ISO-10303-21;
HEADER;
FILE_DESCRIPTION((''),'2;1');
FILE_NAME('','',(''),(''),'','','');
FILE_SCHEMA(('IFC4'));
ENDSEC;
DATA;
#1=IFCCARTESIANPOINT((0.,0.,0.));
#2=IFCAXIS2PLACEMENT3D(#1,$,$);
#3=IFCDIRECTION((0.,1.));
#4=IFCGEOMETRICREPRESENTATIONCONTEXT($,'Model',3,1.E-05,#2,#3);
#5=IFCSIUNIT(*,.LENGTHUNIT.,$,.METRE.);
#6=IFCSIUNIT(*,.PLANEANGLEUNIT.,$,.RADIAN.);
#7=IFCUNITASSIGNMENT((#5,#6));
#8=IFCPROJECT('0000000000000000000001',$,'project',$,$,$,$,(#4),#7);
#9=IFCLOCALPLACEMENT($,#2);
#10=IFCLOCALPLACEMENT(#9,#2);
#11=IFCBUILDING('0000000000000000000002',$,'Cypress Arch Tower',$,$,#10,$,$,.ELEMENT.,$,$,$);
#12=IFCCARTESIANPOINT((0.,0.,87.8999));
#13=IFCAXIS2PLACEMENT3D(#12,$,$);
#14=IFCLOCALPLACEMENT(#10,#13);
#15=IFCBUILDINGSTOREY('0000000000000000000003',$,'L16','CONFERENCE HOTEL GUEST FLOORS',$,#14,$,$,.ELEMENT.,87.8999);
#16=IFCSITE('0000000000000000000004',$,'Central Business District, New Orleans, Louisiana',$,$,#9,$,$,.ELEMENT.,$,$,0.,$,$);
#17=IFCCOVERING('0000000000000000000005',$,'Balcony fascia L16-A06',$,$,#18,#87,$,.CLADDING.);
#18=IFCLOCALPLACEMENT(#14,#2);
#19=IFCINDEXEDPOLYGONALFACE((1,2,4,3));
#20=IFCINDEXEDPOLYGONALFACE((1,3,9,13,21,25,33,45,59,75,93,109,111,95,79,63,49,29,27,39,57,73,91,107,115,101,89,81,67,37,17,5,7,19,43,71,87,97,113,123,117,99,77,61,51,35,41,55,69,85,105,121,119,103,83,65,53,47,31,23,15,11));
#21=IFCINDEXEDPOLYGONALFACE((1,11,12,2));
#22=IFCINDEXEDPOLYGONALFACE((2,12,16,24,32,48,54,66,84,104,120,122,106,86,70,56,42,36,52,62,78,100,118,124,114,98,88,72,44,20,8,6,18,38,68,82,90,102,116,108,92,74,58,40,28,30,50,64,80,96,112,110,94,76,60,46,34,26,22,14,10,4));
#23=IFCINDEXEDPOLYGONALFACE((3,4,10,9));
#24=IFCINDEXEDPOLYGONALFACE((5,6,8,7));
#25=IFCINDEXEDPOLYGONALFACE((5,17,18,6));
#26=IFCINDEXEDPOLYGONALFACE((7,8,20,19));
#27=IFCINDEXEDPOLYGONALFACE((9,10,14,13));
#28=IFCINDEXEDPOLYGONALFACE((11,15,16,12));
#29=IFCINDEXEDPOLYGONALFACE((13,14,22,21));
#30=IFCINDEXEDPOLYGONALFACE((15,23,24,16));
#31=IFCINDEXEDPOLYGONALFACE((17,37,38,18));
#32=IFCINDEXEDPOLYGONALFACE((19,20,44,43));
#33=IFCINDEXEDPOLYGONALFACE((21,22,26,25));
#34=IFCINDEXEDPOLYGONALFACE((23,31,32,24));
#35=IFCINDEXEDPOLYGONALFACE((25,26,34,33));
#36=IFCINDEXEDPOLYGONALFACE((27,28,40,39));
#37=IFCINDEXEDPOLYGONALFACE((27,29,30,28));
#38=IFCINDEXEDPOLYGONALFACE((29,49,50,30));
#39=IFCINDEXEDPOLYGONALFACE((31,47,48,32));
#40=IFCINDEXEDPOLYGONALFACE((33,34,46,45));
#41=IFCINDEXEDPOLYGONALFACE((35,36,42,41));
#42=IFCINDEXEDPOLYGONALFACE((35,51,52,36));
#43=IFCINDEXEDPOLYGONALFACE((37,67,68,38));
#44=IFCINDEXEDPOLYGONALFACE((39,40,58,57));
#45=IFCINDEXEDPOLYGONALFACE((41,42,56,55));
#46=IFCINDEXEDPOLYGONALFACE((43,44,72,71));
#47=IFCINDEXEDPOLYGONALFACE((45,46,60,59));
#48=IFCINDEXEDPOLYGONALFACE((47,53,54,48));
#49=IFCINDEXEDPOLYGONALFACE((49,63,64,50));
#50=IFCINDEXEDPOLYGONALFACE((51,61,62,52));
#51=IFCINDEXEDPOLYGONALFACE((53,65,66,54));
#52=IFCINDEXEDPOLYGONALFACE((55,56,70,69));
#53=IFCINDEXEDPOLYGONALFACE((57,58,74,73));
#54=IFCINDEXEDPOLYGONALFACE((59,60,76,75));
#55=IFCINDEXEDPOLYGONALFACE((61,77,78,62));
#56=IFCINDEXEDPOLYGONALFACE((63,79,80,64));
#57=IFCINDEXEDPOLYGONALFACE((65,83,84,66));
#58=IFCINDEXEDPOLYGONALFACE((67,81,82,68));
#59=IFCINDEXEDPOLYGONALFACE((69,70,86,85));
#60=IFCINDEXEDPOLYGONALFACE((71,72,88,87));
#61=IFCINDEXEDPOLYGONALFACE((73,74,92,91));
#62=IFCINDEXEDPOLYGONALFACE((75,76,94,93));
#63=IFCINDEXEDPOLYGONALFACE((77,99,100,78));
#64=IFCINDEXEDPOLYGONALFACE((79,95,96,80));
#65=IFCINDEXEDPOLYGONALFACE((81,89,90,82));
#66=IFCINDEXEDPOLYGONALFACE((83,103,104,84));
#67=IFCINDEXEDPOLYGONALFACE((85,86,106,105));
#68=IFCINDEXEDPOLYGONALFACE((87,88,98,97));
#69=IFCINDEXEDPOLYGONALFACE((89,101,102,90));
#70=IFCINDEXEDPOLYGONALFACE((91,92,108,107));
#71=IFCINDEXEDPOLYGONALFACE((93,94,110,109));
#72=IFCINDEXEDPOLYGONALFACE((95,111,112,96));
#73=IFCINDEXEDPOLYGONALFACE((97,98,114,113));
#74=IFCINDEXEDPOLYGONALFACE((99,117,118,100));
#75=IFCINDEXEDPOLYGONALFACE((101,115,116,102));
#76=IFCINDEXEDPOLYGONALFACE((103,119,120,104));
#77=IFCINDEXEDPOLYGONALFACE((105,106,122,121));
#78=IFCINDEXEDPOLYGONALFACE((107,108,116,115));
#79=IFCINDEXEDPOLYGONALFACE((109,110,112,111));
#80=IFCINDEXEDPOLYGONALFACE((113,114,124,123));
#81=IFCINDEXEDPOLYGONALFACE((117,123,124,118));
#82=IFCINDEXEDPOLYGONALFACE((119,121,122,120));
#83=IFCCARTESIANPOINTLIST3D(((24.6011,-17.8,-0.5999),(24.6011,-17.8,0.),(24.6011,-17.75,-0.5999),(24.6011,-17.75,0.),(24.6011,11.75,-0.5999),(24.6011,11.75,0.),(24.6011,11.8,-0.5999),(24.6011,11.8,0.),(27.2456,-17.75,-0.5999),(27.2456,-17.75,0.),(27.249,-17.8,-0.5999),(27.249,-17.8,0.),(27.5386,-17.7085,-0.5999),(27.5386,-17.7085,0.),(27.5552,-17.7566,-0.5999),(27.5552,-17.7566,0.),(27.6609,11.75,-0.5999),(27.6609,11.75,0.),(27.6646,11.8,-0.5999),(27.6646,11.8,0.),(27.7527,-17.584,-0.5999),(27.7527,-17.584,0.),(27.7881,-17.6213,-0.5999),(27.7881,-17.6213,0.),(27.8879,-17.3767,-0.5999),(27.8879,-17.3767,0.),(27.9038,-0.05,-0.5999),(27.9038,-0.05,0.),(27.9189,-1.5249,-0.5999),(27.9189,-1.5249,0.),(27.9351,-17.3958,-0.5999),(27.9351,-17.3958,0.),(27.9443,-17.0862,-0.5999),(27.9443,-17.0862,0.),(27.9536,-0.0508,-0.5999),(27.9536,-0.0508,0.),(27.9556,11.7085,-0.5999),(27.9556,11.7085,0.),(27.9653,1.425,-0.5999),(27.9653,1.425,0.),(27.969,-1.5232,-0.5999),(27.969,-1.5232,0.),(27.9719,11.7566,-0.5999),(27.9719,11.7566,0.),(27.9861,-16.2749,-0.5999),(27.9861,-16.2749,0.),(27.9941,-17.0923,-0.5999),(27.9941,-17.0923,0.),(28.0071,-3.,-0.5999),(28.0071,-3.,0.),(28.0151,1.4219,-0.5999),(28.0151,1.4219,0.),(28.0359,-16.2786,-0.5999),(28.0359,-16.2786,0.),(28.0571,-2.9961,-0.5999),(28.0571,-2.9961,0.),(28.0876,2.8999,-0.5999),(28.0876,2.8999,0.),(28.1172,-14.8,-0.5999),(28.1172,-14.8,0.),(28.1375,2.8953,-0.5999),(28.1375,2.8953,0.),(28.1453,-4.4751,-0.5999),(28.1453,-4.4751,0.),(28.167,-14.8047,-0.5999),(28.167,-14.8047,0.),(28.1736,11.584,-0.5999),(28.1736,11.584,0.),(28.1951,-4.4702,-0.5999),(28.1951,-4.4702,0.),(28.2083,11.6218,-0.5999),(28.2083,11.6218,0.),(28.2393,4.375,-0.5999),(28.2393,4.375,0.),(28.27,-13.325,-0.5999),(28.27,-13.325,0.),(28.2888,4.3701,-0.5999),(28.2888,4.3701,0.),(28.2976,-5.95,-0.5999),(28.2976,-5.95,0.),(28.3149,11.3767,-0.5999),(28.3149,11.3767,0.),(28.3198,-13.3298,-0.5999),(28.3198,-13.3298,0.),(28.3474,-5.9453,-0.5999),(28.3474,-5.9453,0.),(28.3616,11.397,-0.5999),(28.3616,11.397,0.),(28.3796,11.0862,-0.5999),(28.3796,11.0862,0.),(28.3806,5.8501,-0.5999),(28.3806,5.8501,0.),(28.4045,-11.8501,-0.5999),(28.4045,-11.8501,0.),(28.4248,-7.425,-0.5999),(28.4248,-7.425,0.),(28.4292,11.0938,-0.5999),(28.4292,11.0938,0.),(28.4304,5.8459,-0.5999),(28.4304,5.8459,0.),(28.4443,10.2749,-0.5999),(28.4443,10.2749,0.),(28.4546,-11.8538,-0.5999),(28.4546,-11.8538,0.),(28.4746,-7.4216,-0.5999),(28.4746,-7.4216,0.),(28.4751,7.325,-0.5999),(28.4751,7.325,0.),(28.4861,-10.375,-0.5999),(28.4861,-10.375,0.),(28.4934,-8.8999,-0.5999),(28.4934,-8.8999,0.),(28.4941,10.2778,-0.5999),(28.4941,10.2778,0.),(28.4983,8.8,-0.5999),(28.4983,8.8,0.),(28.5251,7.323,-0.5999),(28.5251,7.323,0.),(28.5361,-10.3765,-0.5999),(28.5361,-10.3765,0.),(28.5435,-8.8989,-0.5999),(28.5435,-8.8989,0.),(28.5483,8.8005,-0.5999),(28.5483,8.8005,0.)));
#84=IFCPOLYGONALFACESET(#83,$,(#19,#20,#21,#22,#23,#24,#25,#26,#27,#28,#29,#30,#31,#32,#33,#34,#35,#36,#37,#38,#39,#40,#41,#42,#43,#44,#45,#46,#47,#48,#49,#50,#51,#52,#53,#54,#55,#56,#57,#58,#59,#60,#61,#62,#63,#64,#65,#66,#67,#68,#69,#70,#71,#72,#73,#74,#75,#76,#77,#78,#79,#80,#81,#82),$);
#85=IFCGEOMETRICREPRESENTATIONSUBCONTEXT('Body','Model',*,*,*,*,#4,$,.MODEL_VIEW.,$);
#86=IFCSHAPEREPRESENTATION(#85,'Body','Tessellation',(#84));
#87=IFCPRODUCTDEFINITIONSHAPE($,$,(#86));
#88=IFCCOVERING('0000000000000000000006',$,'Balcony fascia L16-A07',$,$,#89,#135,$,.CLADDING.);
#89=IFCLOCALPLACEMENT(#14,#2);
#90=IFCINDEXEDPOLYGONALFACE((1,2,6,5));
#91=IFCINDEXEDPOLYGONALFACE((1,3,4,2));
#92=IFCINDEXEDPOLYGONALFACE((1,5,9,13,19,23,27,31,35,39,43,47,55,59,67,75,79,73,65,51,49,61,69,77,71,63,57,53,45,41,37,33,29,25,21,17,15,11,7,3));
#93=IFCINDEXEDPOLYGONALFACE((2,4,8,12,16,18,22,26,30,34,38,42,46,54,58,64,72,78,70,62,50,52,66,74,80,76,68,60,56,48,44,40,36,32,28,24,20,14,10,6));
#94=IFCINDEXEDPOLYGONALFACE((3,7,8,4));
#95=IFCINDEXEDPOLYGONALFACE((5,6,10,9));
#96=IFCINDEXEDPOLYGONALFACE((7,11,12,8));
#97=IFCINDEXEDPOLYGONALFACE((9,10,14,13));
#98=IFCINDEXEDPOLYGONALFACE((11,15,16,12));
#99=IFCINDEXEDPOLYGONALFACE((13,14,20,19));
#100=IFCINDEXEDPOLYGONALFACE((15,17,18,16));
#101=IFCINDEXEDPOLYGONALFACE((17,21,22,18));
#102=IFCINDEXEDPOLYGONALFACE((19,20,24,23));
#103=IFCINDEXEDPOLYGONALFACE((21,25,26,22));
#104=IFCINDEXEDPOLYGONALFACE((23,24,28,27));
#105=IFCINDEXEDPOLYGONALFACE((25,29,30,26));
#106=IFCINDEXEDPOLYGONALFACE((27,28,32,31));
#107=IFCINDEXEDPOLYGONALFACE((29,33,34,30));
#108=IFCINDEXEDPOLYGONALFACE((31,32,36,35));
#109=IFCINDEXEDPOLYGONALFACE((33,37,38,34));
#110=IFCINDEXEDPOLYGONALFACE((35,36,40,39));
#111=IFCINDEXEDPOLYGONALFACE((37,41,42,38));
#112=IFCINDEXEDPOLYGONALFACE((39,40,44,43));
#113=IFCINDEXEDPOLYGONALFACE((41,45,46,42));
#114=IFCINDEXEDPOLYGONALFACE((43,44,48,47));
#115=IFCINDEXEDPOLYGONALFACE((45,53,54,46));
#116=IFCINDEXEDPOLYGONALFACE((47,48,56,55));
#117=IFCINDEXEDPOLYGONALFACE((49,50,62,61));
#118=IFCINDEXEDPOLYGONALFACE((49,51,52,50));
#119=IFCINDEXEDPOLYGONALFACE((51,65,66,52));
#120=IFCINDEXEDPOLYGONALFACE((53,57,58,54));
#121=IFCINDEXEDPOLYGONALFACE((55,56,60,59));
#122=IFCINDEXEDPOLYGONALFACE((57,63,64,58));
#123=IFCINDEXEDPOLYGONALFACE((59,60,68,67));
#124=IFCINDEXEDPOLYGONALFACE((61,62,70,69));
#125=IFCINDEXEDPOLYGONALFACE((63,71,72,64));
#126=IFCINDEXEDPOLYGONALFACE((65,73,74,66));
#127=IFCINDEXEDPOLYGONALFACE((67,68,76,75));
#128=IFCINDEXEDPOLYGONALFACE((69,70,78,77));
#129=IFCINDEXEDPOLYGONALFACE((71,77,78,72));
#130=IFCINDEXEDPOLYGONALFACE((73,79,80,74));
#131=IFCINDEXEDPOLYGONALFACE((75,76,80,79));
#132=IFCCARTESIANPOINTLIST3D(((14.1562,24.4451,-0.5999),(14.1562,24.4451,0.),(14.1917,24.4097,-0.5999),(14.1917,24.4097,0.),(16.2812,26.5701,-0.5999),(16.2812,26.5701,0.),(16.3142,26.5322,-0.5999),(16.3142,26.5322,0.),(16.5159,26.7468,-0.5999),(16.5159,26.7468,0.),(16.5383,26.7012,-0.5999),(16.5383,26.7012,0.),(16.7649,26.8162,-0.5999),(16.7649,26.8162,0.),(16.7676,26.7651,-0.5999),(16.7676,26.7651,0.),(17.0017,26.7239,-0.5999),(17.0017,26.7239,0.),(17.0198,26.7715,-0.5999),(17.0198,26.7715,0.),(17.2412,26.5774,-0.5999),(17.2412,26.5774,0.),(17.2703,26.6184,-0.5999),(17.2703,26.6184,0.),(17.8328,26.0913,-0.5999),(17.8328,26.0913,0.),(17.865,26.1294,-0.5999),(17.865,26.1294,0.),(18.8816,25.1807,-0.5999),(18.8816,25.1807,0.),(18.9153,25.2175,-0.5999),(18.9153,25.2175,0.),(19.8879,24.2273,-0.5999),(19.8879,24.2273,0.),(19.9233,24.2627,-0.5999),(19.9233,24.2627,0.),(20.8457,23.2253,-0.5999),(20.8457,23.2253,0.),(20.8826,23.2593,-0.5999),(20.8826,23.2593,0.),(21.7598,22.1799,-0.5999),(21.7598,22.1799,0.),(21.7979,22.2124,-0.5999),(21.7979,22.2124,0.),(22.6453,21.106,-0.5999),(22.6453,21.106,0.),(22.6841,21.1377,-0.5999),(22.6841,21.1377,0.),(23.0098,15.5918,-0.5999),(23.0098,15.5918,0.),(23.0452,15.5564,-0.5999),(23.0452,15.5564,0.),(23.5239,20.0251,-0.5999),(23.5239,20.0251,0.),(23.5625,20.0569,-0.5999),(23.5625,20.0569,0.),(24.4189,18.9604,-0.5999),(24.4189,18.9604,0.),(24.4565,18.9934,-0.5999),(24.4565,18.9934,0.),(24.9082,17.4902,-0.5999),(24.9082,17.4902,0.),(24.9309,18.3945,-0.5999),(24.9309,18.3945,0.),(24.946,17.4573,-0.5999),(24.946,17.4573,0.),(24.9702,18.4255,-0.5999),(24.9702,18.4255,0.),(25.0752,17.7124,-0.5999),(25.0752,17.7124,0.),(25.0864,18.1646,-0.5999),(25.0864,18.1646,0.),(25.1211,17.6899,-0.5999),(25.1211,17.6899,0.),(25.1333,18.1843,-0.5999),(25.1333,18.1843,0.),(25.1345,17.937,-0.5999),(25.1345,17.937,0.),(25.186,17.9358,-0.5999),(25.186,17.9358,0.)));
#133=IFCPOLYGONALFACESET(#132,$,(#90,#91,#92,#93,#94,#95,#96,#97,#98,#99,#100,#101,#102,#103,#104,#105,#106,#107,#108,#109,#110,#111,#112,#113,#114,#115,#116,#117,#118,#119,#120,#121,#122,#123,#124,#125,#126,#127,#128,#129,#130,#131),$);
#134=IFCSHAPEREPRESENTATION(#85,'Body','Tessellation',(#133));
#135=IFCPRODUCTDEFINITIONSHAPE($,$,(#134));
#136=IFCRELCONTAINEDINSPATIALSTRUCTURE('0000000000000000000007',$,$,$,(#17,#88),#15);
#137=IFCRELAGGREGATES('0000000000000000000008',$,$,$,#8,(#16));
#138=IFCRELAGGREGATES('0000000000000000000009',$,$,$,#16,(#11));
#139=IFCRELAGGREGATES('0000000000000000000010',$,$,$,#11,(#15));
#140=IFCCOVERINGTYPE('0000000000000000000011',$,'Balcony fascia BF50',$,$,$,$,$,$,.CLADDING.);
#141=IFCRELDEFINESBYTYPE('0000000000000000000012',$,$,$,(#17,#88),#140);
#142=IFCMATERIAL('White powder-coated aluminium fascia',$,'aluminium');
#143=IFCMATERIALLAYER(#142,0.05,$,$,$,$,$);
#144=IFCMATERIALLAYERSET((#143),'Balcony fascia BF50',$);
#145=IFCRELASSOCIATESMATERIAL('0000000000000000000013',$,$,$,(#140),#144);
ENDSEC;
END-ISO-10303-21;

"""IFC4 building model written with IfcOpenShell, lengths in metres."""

from ifc_helpers import new_model, si_unit, direction, frame, origin, place, context, subcontext, project, spatial, polyline, outline, extrude, material, layer, layer_set, type_object, element, save


model = new_model("IFC4")

# Units and contexts
model_context = context("Model", 3, precision=1e-05, world=origin(), true_north=direction((0.0, 1.0)))
body_context = subcontext(model_context, "Body", "Model", "MODEL_VIEW")
ifc_project = project(units=[si_unit("LENGTHUNIT", "METRE"), si_unit("PLANEANGLEUNIT", "RADIAN")], contexts=[model_context])

# Site, building, storey
site_placement = place(None, origin())
site = spatial("IfcSite", under=ifc_project, at=site_placement, Name="Central Business District, New Orleans, Louisiana", CompositionType="ELEMENT", RefElevation=0.0)
building_placement = place(site_placement, origin())
building = spatial("IfcBuilding", under=site, at=building_placement, Name="Cypress Arch Tower", CompositionType="ELEMENT")
storey_placement = place(building_placement, frame((0.0, 0.0, 87.8999)))
storey = spatial("IfcBuildingStorey", under=building, at=storey_placement, Name="L16", Description="CONFERENCE HOTEL GUEST FLOORS", CompositionType="ELEMENT", Elevation=87.8999)

# Coverings
ifc_material_1 = material(Name="White powder-coated aluminium fascia", Category="aluminium")
ifc_layer_1 = layer(ifc_material_1, 0.05)
ifc_layer_set_1 = layer_set([ifc_layer_1], Name="Balcony fascia BF50")
covering_type_1 = type_object("IfcCoveringType", Name="Balcony fascia BF50", PredefinedType="CLADDING", material=ifc_layer_set_1)
covering_1_placement = place(storey_placement, frame((0.0, 0.0, -0.5999)))
element("IfcCovering", 1, at=covering_1_placement, inside=storey, type_object=covering_type_1, Name="Balcony fascia L16-A06", PredefinedType="CLADDING", context=body_context, shape_type="SweptSolid", body=[
    extrude(outline(polyline([(27.6646, 11.8), (27.9719, 11.7566), (28.2083, 11.6218), (28.3616, 11.397), (28.4292, 11.0938), (28.4941, 10.2778), (28.5483, 8.8005), (28.5251, 7.323), (28.4304, 5.8459), (28.2888, 4.3701), (28.1375, 2.8953), (28.0151, 1.4219), (27.9536, -0.0508), (27.969, -1.5232), (28.0571, -2.9961), (28.1951, -4.4702), (28.3474, -5.9453), (28.4746, -7.4216), (28.5435, -8.8989), (28.5361, -10.3765), (28.4546, -11.8538), (28.3198, -13.3298), (28.167, -14.8047), (28.0359, -16.2786), (27.9941, -17.0923), (27.9351, -17.3958), (27.7881, -17.6213), (27.5552, -17.7566), (27.249, -17.8), (24.6011, -17.8), (24.6011, -17.75), (27.2456, -17.75), (27.5386, -17.7085), (27.7527, -17.584), (27.8879, -17.3767), (27.9443, -17.0862), (27.9861, -16.2749), (28.1172, -14.8), (28.27, -13.325), (28.4045, -11.8501), (28.4861, -10.375), (28.4934, -8.8999), (28.4248, -7.425), (28.2976, -5.95), (28.1453, -4.4751), (28.0071, -3.0), (27.9189, -1.5249), (27.9038, -0.05), (27.9653, 1.425), (28.0876, 2.8999), (28.2393, 4.375), (28.3806, 5.8501), (28.4751, 7.325), (28.4983, 8.8), (28.4443, 10.2749), (28.3796, 11.0862), (28.3149, 11.3767), (28.1736, 11.584), (27.9556, 11.7085), (27.6609, 11.75), (24.6011, 11.75), (24.6011, 11.8), (27.6646, 11.8)])), origin(), (0.0, 0.0, 1.0), 0.5999),
])
covering_2_placement = place(storey_placement, frame((0.0, 0.0, -0.5999)))
element("IfcCovering", 2, at=covering_2_placement, inside=storey, type_object=covering_type_1, Name="Balcony fascia L16-A07", PredefinedType="CLADDING", context=body_context, shape_type="SweptSolid", body=[
    extrude(outline(polyline([(16.2812, 26.5701), (16.5159, 26.7468), (16.7649, 26.8162), (17.0198, 26.7715), (17.2703, 26.6184), (17.865, 26.1294), (18.9153, 25.2175), (19.9233, 24.2627), (20.8826, 23.2593), (21.7979, 22.2124), (22.6841, 21.1377), (23.5625, 20.0569), (24.4565, 18.9934), (24.9702, 18.4255), (25.1333, 18.1843), (25.186, 17.9358), (25.1211, 17.6899), (24.946, 17.4573), (23.0452, 15.5564), (23.0098, 15.5918), (24.9082, 17.4902), (25.0752, 17.7124), (25.1345, 17.937), (25.0864, 18.1646), (24.9309, 18.3945), (24.4189, 18.9604), (23.5239, 20.0251), (22.6453, 21.106), (21.7598, 22.1799), (20.8457, 23.2253), (19.8879, 24.2273), (18.8816, 25.1807), (17.8328, 26.0913), (17.2412, 26.5774), (17.0017, 26.7239), (16.7676, 26.7651), (16.5383, 26.7012), (16.3142, 26.5322), (14.1917, 24.4097), (14.1562, 24.4451), (16.2812, 26.5701)])), origin(), (0.0, 0.0, 1.0), 0.5999),
])

save(model, "model.ifc")
